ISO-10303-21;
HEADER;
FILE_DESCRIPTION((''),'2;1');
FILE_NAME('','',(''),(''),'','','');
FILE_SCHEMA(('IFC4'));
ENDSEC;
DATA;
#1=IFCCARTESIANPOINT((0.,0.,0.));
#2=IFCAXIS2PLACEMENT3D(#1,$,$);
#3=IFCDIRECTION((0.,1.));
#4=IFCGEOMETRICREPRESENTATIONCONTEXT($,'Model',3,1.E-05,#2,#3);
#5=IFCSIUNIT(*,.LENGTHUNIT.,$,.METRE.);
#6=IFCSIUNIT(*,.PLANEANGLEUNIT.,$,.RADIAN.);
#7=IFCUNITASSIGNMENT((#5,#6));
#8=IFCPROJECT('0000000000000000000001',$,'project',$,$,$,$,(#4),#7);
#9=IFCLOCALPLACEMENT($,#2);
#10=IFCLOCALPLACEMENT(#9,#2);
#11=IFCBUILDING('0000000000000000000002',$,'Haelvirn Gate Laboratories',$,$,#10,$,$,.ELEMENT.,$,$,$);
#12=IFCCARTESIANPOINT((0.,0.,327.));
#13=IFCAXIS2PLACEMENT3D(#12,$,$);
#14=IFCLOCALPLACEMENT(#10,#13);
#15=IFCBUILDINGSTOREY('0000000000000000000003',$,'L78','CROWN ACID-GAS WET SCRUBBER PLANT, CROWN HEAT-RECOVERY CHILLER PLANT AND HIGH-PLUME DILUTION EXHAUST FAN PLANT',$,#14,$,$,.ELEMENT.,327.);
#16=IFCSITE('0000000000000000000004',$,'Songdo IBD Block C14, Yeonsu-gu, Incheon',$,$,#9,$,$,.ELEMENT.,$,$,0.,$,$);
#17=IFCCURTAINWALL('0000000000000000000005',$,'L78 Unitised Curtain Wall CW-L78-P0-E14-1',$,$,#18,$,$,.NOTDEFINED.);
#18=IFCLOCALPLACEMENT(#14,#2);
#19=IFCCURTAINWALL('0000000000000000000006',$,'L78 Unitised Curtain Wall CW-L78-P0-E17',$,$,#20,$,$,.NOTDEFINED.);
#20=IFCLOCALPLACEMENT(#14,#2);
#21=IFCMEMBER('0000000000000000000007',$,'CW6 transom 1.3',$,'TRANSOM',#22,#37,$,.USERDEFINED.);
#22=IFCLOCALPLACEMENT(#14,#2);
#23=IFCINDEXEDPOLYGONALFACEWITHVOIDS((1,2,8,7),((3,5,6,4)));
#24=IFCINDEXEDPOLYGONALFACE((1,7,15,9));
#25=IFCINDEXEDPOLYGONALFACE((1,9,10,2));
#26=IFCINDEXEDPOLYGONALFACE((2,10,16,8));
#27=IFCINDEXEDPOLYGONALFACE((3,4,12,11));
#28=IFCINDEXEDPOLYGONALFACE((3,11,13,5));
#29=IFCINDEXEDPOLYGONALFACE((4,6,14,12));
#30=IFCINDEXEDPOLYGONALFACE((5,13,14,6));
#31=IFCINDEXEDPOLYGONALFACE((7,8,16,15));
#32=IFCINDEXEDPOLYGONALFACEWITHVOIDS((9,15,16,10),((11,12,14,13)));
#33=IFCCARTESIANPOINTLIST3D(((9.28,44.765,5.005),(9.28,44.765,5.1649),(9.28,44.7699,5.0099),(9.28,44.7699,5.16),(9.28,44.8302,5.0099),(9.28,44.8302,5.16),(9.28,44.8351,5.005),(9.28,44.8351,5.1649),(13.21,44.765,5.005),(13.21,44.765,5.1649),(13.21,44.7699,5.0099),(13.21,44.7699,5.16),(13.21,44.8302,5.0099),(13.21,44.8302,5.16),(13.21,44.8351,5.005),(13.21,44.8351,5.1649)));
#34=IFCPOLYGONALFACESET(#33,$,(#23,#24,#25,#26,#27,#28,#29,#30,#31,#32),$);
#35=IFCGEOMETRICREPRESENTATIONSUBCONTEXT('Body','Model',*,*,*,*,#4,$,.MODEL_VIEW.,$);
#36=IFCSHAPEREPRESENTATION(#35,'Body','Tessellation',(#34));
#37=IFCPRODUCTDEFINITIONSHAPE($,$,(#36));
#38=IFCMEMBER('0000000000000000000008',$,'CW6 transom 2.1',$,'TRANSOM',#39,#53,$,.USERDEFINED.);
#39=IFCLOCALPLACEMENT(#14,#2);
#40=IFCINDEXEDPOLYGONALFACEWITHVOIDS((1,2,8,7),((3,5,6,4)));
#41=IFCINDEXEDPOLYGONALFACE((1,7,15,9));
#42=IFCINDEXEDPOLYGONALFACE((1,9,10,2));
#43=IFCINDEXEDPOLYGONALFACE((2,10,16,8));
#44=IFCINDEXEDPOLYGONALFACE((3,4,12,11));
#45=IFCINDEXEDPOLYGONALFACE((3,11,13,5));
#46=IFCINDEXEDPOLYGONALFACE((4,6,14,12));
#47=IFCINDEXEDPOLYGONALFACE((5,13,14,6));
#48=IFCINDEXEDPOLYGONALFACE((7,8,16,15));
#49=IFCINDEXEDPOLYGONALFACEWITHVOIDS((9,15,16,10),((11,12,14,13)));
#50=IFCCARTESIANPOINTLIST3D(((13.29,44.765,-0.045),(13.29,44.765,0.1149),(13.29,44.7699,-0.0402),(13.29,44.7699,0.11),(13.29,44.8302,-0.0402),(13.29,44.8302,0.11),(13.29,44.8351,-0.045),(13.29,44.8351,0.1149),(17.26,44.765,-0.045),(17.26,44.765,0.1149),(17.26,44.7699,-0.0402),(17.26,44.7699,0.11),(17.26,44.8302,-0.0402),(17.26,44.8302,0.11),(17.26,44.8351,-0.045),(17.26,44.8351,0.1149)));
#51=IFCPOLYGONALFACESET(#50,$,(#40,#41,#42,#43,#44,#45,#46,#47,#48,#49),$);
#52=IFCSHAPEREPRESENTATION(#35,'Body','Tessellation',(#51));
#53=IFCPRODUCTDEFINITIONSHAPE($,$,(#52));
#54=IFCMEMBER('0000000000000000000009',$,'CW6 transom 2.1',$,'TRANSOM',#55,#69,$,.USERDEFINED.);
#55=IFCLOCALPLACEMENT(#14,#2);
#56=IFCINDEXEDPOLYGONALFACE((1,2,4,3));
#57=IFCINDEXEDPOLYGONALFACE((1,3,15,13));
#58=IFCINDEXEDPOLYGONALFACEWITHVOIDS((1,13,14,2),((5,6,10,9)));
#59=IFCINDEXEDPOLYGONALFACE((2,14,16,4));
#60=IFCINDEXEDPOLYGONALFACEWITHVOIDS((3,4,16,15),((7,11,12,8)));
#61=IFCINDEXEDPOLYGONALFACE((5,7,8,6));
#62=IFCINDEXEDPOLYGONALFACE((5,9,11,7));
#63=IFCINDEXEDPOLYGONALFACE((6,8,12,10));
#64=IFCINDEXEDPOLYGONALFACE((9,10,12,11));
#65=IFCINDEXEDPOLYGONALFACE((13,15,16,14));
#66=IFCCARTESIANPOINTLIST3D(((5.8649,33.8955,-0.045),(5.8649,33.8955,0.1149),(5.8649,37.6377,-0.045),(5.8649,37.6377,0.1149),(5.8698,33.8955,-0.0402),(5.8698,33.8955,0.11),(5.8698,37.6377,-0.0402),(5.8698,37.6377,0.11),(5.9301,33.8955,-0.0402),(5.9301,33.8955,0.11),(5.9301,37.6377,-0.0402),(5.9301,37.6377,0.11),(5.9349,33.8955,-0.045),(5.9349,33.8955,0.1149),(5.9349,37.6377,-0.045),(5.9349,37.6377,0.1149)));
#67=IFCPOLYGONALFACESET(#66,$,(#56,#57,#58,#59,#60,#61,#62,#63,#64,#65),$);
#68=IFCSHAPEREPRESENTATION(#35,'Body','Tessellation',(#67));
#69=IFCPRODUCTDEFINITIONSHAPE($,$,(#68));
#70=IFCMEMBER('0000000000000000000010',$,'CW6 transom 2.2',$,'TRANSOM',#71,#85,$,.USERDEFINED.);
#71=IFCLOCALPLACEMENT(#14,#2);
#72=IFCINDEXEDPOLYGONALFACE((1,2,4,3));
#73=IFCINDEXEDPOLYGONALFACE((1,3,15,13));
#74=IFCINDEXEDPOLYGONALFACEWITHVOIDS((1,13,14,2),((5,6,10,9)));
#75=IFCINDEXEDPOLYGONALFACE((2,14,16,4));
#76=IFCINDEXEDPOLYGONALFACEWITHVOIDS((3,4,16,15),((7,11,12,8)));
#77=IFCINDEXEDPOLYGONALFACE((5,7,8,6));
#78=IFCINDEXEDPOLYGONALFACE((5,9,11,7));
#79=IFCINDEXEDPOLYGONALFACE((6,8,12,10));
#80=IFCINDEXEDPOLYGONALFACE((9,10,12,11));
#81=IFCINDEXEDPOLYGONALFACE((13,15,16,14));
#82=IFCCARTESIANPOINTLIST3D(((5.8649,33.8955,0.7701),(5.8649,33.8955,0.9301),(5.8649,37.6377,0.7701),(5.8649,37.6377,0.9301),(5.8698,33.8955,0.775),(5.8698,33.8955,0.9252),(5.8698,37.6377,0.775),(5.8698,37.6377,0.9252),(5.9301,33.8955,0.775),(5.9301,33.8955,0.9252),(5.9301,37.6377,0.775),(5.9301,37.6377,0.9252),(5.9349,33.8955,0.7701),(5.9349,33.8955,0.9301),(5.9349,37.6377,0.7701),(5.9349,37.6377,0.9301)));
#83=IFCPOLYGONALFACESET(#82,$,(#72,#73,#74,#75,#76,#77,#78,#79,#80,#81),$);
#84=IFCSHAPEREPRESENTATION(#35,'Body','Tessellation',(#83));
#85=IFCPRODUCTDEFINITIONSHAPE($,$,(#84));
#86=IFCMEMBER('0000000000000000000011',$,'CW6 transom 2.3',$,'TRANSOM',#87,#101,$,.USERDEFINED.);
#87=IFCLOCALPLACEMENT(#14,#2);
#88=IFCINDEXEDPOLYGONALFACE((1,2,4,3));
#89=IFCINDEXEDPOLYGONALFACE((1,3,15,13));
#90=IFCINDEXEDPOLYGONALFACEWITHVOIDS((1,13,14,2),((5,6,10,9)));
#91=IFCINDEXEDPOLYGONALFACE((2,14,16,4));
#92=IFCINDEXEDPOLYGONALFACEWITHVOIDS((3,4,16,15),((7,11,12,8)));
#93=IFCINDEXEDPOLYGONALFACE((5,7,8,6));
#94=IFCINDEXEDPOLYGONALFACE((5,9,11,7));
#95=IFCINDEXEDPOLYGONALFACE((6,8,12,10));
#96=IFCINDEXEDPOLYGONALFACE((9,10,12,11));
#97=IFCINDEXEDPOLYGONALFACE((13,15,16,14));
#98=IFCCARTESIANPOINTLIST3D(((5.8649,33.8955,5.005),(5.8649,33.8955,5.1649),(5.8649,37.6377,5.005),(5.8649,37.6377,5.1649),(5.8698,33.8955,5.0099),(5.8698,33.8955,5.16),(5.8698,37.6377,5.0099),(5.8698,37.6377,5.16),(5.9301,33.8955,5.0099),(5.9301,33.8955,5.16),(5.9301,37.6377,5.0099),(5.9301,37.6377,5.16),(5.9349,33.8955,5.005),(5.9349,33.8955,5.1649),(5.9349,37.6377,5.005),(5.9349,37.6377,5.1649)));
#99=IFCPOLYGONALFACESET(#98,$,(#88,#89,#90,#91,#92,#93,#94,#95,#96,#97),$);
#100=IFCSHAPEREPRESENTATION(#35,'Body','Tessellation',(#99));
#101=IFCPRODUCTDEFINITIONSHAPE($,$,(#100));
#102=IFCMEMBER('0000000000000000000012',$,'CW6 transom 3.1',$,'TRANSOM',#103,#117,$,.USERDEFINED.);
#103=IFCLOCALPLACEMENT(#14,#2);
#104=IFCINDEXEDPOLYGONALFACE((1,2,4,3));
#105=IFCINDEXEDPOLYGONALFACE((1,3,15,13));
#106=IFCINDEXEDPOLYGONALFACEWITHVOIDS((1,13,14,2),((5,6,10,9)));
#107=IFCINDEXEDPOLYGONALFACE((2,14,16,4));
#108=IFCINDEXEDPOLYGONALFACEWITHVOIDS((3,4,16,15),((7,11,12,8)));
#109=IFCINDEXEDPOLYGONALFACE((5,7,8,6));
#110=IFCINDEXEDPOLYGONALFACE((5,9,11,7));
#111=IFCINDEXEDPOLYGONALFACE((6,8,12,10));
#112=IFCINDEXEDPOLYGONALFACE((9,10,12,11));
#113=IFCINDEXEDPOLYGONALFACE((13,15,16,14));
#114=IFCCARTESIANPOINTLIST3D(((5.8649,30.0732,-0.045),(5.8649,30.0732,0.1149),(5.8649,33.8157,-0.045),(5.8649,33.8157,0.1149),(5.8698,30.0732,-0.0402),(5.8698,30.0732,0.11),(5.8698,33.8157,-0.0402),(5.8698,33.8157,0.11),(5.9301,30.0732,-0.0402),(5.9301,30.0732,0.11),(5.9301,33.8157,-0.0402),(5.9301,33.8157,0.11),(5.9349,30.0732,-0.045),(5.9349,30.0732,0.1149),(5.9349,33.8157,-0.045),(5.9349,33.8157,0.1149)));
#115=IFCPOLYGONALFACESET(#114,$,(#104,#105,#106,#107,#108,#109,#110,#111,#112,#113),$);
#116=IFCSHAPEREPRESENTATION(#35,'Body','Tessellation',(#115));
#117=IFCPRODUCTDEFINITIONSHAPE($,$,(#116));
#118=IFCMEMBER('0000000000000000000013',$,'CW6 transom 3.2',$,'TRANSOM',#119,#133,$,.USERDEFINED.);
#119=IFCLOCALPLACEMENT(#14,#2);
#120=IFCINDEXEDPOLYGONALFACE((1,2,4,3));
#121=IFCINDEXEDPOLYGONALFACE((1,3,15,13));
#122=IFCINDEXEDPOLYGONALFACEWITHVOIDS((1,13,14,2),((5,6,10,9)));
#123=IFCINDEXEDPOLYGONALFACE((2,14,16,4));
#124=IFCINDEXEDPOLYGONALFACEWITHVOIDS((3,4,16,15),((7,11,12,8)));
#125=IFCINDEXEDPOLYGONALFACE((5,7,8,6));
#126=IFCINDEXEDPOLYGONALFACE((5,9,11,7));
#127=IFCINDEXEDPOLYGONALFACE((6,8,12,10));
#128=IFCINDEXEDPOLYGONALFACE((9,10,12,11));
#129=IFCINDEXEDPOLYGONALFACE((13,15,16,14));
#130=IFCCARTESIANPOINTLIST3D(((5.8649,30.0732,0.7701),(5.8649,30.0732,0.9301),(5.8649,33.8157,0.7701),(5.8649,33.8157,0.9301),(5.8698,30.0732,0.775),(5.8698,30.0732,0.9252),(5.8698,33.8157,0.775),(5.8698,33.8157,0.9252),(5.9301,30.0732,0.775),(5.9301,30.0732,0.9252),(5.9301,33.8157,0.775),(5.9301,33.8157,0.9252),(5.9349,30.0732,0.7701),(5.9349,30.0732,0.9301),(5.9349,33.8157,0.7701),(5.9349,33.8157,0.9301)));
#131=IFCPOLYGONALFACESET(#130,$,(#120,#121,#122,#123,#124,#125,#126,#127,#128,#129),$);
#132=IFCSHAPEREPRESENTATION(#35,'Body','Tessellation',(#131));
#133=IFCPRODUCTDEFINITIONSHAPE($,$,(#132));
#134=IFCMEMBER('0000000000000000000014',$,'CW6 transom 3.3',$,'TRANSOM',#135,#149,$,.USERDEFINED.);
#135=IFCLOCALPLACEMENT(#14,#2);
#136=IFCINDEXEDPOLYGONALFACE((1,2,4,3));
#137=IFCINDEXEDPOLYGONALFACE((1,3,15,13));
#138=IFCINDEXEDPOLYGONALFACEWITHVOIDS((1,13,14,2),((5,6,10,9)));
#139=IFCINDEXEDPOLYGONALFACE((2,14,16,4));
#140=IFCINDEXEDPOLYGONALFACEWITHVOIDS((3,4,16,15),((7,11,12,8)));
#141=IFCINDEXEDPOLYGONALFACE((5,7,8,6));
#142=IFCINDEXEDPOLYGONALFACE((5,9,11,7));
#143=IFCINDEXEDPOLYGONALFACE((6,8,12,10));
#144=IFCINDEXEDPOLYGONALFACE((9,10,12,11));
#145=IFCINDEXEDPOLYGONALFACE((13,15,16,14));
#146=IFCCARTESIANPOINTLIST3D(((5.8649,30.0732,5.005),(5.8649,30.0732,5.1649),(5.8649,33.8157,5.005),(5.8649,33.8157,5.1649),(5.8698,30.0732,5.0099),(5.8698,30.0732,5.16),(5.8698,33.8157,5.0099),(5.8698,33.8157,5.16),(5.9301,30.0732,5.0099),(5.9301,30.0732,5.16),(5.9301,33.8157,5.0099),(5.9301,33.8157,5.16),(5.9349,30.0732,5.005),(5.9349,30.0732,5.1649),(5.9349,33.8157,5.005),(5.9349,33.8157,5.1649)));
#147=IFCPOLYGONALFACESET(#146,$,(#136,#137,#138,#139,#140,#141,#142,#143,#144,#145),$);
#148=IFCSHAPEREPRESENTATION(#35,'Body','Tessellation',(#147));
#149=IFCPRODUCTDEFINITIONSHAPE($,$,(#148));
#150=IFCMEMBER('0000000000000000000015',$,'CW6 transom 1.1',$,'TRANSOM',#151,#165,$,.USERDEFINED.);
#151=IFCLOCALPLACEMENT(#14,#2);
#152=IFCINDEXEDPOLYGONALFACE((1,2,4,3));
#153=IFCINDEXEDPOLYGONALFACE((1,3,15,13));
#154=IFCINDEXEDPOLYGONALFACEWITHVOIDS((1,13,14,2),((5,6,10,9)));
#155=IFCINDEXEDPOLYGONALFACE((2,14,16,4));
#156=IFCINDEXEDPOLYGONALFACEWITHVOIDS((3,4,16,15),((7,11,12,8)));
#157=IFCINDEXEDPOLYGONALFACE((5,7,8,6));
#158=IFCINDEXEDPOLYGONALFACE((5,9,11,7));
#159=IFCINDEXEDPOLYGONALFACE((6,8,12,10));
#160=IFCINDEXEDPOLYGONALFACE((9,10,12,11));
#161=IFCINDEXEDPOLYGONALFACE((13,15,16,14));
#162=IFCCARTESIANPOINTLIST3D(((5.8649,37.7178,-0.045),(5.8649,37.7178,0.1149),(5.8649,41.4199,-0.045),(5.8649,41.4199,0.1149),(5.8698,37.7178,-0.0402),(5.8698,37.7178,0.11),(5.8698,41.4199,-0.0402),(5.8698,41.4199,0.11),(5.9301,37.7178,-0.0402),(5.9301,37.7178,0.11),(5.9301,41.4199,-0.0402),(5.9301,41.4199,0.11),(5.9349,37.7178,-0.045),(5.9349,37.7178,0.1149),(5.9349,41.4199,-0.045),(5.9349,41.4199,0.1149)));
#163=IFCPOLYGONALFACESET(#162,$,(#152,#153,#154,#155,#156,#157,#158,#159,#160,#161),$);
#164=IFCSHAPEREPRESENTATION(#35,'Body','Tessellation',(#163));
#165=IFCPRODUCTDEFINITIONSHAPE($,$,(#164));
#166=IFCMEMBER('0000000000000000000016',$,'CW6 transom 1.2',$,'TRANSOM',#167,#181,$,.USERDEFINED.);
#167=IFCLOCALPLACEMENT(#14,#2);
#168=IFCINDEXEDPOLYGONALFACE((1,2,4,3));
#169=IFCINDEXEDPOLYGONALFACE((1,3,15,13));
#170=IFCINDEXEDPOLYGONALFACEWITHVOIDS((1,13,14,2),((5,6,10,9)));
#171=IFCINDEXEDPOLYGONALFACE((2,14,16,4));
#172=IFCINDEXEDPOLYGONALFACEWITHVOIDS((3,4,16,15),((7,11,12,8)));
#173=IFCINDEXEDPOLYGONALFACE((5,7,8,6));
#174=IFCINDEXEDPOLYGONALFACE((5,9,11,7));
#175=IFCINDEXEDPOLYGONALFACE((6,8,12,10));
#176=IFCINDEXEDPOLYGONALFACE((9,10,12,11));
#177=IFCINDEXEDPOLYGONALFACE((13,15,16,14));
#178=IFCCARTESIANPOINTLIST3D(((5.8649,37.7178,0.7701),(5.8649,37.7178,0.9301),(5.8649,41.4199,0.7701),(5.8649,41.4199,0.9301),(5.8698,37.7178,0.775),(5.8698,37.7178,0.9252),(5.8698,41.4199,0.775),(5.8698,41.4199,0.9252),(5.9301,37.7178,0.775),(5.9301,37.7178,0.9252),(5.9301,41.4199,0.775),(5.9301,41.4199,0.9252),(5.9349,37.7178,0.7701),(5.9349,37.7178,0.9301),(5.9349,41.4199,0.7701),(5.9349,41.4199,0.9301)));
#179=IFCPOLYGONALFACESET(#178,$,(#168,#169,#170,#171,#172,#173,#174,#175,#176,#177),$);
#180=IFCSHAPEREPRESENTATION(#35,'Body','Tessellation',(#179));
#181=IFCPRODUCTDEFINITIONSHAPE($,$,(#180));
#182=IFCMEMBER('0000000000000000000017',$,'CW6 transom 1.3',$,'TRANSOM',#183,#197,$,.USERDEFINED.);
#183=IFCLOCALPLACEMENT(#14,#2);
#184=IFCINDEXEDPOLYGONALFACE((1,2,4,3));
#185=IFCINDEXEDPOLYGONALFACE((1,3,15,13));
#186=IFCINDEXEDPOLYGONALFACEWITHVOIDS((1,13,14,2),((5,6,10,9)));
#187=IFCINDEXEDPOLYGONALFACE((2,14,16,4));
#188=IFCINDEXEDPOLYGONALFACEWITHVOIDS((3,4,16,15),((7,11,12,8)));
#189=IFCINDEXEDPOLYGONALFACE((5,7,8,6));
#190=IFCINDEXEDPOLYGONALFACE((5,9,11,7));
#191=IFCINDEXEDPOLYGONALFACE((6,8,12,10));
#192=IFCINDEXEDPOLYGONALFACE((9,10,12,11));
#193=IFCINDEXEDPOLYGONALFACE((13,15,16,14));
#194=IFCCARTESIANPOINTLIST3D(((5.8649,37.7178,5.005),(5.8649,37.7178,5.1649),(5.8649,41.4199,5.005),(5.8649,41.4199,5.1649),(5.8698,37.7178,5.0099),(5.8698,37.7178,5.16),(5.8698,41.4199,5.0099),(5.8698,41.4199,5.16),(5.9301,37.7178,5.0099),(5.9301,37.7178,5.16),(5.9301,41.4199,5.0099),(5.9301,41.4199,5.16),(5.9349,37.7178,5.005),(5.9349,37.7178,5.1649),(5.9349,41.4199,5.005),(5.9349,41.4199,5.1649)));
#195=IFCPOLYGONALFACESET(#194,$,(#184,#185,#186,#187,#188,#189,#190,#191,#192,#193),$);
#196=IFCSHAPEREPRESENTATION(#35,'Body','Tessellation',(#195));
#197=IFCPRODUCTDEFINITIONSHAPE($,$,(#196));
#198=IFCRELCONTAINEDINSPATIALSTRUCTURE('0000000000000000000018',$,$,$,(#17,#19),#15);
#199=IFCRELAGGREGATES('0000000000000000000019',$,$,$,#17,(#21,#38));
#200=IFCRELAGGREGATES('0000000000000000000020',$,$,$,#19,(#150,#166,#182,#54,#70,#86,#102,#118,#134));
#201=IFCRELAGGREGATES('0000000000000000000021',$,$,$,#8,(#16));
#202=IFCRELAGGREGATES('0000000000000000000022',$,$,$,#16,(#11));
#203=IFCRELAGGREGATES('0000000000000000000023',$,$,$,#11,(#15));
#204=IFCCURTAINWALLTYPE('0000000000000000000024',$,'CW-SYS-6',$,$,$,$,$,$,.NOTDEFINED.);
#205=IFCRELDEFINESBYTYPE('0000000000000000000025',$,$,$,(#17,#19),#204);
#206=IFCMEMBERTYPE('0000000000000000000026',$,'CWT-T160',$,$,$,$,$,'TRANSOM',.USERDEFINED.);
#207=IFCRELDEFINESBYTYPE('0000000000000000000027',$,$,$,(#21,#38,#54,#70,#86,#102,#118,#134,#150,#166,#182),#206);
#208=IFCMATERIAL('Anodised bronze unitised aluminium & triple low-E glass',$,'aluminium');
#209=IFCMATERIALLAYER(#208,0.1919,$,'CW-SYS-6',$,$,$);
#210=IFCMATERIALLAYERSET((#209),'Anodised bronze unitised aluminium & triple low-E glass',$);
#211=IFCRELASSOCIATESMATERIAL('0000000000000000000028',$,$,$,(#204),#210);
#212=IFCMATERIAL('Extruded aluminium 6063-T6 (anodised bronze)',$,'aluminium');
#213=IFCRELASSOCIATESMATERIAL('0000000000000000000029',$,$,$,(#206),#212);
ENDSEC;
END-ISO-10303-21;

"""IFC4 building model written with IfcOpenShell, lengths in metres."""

from ifc_helpers import new_model, si_unit, direction, frame, origin, origin_2d, place, context, subcontext, project, spatial, hollow_rectangle, extrude, source, transform, mapped, material, layer, layer_set, material_profile, profile_set, type_object, type_shapes, element, aggregate, save


model = new_model("IFC4")

# Units and contexts
model_context = context("Model", 3, precision=1e-05, world=origin(), true_north=direction((0.0, 1.0)))
body_context = subcontext(model_context, "Body", "Model", "MODEL_VIEW")
ifc_project = project(units=[si_unit("LENGTHUNIT", "METRE"), si_unit("PLANEANGLEUNIT", "RADIAN")], contexts=[model_context])

# Site, building, storey
site_placement = place(None, origin())
site = spatial("IfcSite", under=ifc_project, at=site_placement, Name="Songdo IBD Block C14, Yeonsu-gu, Incheon", CompositionType="ELEMENT", RefElevation=0.0)
building_placement = place(site_placement, origin())
building = spatial("IfcBuilding", under=site, at=building_placement, Name="Haelvirn Gate Laboratories", CompositionType="ELEMENT")
storey_placement = place(building_placement, frame((0.0, 0.0, 327.0)))
storey = spatial("IfcBuildingStorey", under=building, at=storey_placement, Name="L78", Description="CROWN ACID-GAS WET SCRUBBER PLANT, CROWN HEAT-RECOVERY CHILLER PLANT AND HIGH-PLUME DILUTION EXHAUST FAN PLANT", CompositionType="ELEMENT", Elevation=327.0)

# Curtain wall
ifc_material_1 = material(Name="Anodised bronze unitised aluminium & triple low-E glass", Category="aluminium")
ifc_material_2 = material(Name="Extruded aluminium 6063-T6 (anodised bronze)", Category="aluminium")
ifc_layer_1 = layer(ifc_material_1, 0.1919, Name="CW-SYS-6")
ifc_layer_set_1 = layer_set([ifc_layer_1], Name="Anodised bronze unitised aluminium & triple low-E glass")
curtain_wall_type_1 = type_object("IfcCurtainWallType", Name="CW-SYS-6", PredefinedType="NOTDEFINED", material=ifc_layer_set_1)
curtain_wall_1_placement = place(storey_placement, origin())
curtain_wall_1 = element("IfcCurtainWall", 1, at=curtain_wall_1_placement, inside=storey, type_object=curtain_wall_type_1, Name="L78 Unitised Curtain Wall CW-L78-P0-E14-1", PredefinedType="NOTDEFINED")

# Curtain wall
curtain_wall_2_placement = place(storey_placement, origin())
curtain_wall_2 = element("IfcCurtainWall", 2, at=curtain_wall_2_placement, inside=storey, type_object=curtain_wall_type_1, Name="L78 Unitised Curtain Wall CW-L78-P0-E17", PredefinedType="NOTDEFINED")

# Members
ifc_material_profile_1 = material_profile(ifc_material_2, hollow_rectangle(XDim=0.0701, YDim=0.1599, WallThickness=0.0049, at=origin_2d()), Name="CWT-160x70x5")
ifc_profile_set_1 = profile_set([ifc_material_profile_1], Name="Extruded aluminium 6063-T6 (anodised bronze)")
member_type_1 = type_object("IfcMemberType", Name="CWT-T160", ElementType="TRANSOM", PredefinedType="USERDEFINED", material=ifc_profile_set_1)
shared_shape_1 = source(origin(), body_context, "Body", "SweptSolid", [
    extrude(hollow_rectangle(XDim=0.0701, YDim=0.1599, WallThickness=0.0049, at=origin_2d()), origin(), (0.0, 0.0, 1.0), 3.9299),
])
member_1_placement = place(storey_placement, frame((9.28, 44.8, 5.085), z_axis=(1.0, 0.0, 0.0), x_axis=(0.0, 1.0, 0.0)))
member_1 = element("IfcMember", 3, at=member_1_placement, type_object=member_type_1, Name="CW6 transom 1.3", ObjectType="TRANSOM", PredefinedType="USERDEFINED", context=body_context, shape_type="MappedRepresentation", body=[
    mapped(shared_shape_1, transform((0.0, 0.0, 0.0), scale=1.0)),
])
shared_shape_2 = source(origin(), body_context, "Body", "SweptSolid", [
    extrude(hollow_rectangle(XDim=0.0701, YDim=0.1599, WallThickness=0.0049, at=origin_2d()), origin(), (0.0, 0.0, 1.0), 3.97),
])
member_2_placement = place(storey_placement, frame((13.29, 44.8, 0.0349), z_axis=(1.0, 0.0, 0.0), x_axis=(0.0, 1.0, 0.0)))
member_2 = element("IfcMember", 4, at=member_2_placement, type_object=member_type_1, Name="CW6 transom 2.1", ObjectType="TRANSOM", PredefinedType="USERDEFINED", context=body_context, shape_type="MappedRepresentation", body=[
    mapped(shared_shape_2, transform((0.0, 0.0, 0.0), scale=1.0)),
])
shared_shape_3 = source(origin(), body_context, "Body", "SweptSolid", [
    extrude(hollow_rectangle(XDim=0.0701, YDim=0.1599, WallThickness=0.0049, at=origin_2d()), origin(), (0.0, 0.0, 1.0), 3.7422),
])
member_3_placement = place(storey_placement, frame((5.8999, 37.6377, 0.0349), z_axis=(0.0, -1.0, 0.0), x_axis=(1.0, 0.0, 0.0)))
member_3 = element("IfcMember", 5, at=member_3_placement, type_object=member_type_1, Name="CW6 transom 2.1", ObjectType="TRANSOM", PredefinedType="USERDEFINED", context=body_context, shape_type="MappedRepresentation", body=[
    mapped(shared_shape_3, transform((0.0, 0.0, 0.0), scale=1.0)),
])
member_4_placement = place(storey_placement, frame((5.8999, 37.6377, 0.8501), z_axis=(0.0, -1.0, 0.0), x_axis=(1.0, 0.0, 0.0)))
member_4 = element("IfcMember", 6, at=member_4_placement, type_object=member_type_1, Name="CW6 transom 2.2", ObjectType="TRANSOM", PredefinedType="USERDEFINED", context=body_context, shape_type="MappedRepresentation", body=[
    mapped(shared_shape_3, transform((0.0, 0.0, 0.0), scale=1.0)),
])
member_5_placement = place(storey_placement, frame((5.8999, 37.6377, 5.085), z_axis=(0.0, -1.0, 0.0), x_axis=(1.0, 0.0, 0.0)))
member_5 = element("IfcMember", 7, at=member_5_placement, type_object=member_type_1, Name="CW6 transom 2.3", ObjectType="TRANSOM", PredefinedType="USERDEFINED", context=body_context, shape_type="MappedRepresentation", body=[
    mapped(shared_shape_3, transform((0.0, 0.0, 0.0), scale=1.0)),
])
shared_shape_4 = source(origin(), body_context, "Body", "SweptSolid", [
    extrude(hollow_rectangle(XDim=0.0701, YDim=0.1599, WallThickness=0.0049, at=origin_2d()), origin(), (0.0, 0.0, 1.0), 3.7424),
])
member_6_placement = place(storey_placement, frame((5.8999, 33.8157, 0.0349), z_axis=(0.0, -1.0, 0.0), x_axis=(1.0, 0.0, 0.0)))
member_6 = element("IfcMember", 8, at=member_6_placement, type_object=member_type_1, Name="CW6 transom 3.1", ObjectType="TRANSOM", PredefinedType="USERDEFINED", context=body_context, shape_type="MappedRepresentation", body=[
    mapped(shared_shape_4, transform((0.0, 0.0, 0.0), scale=1.0)),
])
member_7_placement = place(storey_placement, frame((5.8999, 33.8157, 0.8501), z_axis=(0.0, -1.0, 0.0), x_axis=(1.0, 0.0, 0.0)))
member_7 = element("IfcMember", 9, at=member_7_placement, type_object=member_type_1, Name="CW6 transom 3.2", ObjectType="TRANSOM", PredefinedType="USERDEFINED", context=body_context, shape_type="MappedRepresentation", body=[
    mapped(shared_shape_4, transform((0.0, 0.0, 0.0), scale=1.0)),
])
member_8_placement = place(storey_placement, frame((5.8999, 33.8157, 5.085), z_axis=(0.0, -1.0, 0.0), x_axis=(1.0, 0.0, 0.0)))
member_8 = element("IfcMember", 10, at=member_8_placement, type_object=member_type_1, Name="CW6 transom 3.3", ObjectType="TRANSOM", PredefinedType="USERDEFINED", context=body_context, shape_type="MappedRepresentation", body=[
    mapped(shared_shape_4, transform((0.0, 0.0, 0.0), scale=1.0)),
])
shared_shape_5 = source(origin(), body_context, "Body", "SweptSolid", [
    extrude(hollow_rectangle(XDim=0.0701, YDim=0.1599, WallThickness=0.0049, at=origin_2d()), origin(), (0.0, 0.0, 1.0), 3.7021),
])
type_shapes(member_type_1, [shared_shape_1, shared_shape_2, shared_shape_3, shared_shape_4, shared_shape_5])
member_9_placement = place(storey_placement, frame((5.8999, 41.4199, 0.0349), z_axis=(0.0, -1.0, 0.0), x_axis=(1.0, 0.0, 0.0)))
member_9 = element("IfcMember", 11, at=member_9_placement, type_object=member_type_1, Name="CW6 transom 1.1", ObjectType="TRANSOM", PredefinedType="USERDEFINED", context=body_context, shape_type="MappedRepresentation", body=[
    mapped(shared_shape_5, transform((0.0, 0.0, 0.0), scale=1.0)),
])
member_10_placement = place(storey_placement, frame((5.8999, 41.4199, 0.8501), z_axis=(0.0, -1.0, 0.0), x_axis=(1.0, 0.0, 0.0)))
member_10 = element("IfcMember", 12, at=member_10_placement, type_object=member_type_1, Name="CW6 transom 1.2", ObjectType="TRANSOM", PredefinedType="USERDEFINED", context=body_context, shape_type="MappedRepresentation", body=[
    mapped(shared_shape_5, transform((0.0, 0.0, 0.0), scale=1.0)),
])
member_11_placement = place(storey_placement, frame((5.8999, 41.4199, 5.085), z_axis=(0.0, -1.0, 0.0), x_axis=(1.0, 0.0, 0.0)))
member_11 = element("IfcMember", 13, at=member_11_placement, type_object=member_type_1, Name="CW6 transom 1.3", ObjectType="TRANSOM", PredefinedType="USERDEFINED", context=body_context, shape_type="MappedRepresentation", body=[
    mapped(shared_shape_5, transform((0.0, 0.0, 0.0), scale=1.0)),
])

aggregate(curtain_wall_1, [member_1, member_2])
aggregate(curtain_wall_2, [member_9, member_10, member_11, member_3, member_4, member_5, member_6, member_7, member_8])

save(model, "model.ifc")
